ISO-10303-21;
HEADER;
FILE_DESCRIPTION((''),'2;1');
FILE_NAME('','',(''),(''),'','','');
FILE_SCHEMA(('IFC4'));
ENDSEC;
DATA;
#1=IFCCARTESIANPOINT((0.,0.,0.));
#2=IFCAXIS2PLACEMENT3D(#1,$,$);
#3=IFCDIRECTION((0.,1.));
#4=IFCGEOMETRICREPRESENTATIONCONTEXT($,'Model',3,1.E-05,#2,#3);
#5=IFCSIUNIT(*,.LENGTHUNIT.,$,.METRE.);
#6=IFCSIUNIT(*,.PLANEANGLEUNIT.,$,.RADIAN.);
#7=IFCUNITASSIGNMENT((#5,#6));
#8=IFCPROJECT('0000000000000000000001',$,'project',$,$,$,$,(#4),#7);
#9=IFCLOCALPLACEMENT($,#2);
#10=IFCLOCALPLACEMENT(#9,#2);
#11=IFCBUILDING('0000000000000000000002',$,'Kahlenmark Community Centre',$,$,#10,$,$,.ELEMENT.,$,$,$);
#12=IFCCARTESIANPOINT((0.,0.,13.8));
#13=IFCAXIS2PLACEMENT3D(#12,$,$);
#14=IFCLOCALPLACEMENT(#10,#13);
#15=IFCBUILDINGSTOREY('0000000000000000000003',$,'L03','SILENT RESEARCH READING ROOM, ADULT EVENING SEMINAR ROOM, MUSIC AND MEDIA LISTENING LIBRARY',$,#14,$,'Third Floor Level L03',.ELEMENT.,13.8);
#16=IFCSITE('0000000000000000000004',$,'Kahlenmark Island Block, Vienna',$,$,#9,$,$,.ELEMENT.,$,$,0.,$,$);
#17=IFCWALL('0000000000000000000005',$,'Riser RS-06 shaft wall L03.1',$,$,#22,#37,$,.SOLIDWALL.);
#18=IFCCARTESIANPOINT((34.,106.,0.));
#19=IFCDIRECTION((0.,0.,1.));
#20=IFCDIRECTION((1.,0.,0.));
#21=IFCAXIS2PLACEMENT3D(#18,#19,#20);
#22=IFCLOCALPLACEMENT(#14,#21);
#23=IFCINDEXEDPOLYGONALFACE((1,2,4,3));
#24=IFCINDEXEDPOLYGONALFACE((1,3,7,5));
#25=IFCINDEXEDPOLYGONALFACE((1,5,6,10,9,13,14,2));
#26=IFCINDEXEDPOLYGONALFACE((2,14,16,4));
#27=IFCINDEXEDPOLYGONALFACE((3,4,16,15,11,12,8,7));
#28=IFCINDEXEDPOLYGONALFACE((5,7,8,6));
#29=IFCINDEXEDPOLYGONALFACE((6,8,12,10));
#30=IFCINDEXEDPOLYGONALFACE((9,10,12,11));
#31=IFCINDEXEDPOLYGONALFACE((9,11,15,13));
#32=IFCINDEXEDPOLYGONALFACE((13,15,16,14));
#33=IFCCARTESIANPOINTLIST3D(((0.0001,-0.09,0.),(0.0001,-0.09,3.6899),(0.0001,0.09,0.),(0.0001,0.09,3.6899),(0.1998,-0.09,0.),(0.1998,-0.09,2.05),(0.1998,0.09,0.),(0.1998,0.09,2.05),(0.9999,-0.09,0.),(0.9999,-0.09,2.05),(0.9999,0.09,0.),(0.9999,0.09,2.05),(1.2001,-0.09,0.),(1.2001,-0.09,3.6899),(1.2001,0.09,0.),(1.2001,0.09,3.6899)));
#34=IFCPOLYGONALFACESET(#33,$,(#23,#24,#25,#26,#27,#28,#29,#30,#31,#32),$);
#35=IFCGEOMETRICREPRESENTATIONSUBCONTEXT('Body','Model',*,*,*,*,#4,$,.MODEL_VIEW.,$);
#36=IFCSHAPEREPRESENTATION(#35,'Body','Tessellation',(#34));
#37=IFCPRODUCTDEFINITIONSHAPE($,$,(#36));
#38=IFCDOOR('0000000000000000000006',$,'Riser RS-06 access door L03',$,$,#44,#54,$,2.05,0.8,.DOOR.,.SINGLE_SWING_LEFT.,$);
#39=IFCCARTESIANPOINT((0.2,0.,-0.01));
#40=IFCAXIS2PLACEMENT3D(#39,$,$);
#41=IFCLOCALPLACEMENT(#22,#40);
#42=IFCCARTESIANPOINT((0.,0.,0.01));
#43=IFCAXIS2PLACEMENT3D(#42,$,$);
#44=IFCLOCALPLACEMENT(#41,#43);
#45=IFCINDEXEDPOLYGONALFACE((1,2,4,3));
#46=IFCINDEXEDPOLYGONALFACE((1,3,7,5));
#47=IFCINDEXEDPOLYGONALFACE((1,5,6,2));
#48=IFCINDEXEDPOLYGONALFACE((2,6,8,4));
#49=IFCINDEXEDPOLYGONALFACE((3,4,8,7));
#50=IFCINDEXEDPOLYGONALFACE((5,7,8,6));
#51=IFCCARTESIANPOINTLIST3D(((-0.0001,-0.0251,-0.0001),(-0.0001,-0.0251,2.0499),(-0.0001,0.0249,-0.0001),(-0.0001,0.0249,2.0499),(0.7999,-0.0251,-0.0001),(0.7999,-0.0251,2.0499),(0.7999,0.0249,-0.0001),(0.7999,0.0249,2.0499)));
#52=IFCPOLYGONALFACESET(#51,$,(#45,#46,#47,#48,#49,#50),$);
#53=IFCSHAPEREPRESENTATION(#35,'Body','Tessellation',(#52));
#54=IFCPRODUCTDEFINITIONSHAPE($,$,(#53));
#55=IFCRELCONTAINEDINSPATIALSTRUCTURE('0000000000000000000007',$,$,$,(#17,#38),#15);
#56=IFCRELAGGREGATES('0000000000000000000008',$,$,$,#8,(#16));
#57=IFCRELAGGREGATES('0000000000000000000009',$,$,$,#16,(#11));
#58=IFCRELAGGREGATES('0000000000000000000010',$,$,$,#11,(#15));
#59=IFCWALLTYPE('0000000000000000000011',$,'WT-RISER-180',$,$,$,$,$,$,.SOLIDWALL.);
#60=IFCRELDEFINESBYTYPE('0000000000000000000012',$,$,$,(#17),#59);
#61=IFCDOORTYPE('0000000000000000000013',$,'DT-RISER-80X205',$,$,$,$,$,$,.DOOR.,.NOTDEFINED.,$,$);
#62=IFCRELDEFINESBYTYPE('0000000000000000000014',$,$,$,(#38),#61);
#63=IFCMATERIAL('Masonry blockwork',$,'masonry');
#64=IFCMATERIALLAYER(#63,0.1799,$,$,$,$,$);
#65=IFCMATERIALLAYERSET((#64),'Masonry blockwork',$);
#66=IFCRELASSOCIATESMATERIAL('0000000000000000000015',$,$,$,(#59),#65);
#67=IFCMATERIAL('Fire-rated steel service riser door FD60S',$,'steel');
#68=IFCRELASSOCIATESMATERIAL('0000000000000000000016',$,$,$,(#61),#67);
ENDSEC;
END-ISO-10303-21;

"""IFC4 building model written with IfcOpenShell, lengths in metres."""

from ifc_helpers import new_model, si_unit, direction, frame, frame_2d, origin, place, context, subcontext, project, spatial, rectangle, extrude, material, layer, layer_set, type_object, element, fill, save


model = new_model("IFC4")

# Units and contexts
model_context = context("Model", 3, precision=1e-05, world=origin(), true_north=direction((0.0, 1.0)))
body_context = subcontext(model_context, "Body", "Model", "MODEL_VIEW")
ifc_project = project(units=[si_unit("LENGTHUNIT", "METRE"), si_unit("PLANEANGLEUNIT", "RADIAN")], contexts=[model_context])

# Site, building, storey
site_placement = place(None, origin())
site = spatial("IfcSite", under=ifc_project, at=site_placement, Name="Kahlenmark Island Block, Vienna", CompositionType="ELEMENT", RefElevation=0.0)
building_placement = place(site_placement, origin())
building = spatial("IfcBuilding", under=site, at=building_placement, Name="Kahlenmark Community Centre", CompositionType="ELEMENT")
storey_placement = place(building_placement, frame((0.0, 0.0, 13.8)))
storey = spatial("IfcBuildingStorey", under=building, at=storey_placement, Name="L03", Description="SILENT RESEARCH READING ROOM, ADULT EVENING SEMINAR ROOM, MUSIC AND MEDIA LISTENING LIBRARY", LongName="Third Floor Level L03", CompositionType="ELEMENT", Elevation=13.8)

# Wall, opening, door
ifc_material_1 = material(Name="Masonry blockwork", Category="masonry")
ifc_layer_1 = layer(ifc_material_1, 0.1799)
ifc_layer_set_1 = layer_set([ifc_layer_1], Name="Masonry blockwork")
wall_type_1 = type_object("IfcWallType", Name="WT-RISER-180", PredefinedType="SOLIDWALL", material=ifc_layer_set_1)
wall_1_placement = place(storey_placement, frame((34.0, 106.0, 0.0), z_axis=(0.0, 0.0, 1.0), x_axis=(1.0, 0.0, 0.0)))
wall_1 = element("IfcWall", 1, at=wall_1_placement, inside=storey, type_object=wall_type_1, Name="Riser RS-06 shaft wall L03.1", PredefinedType="SOLIDWALL", context=body_context, shape_type="SweptSolid", body=[
    extrude(rectangle(XDim=1.2, YDim=0.1799, at=frame_2d((0.6001, 0.0))), origin(), (0.0, 0.0, 1.0), 3.6899),
])
opening_1_placement = place(wall_1_placement, frame((0.2, 0.0, -0.01)))
opening_1 = element("IfcOpeningElement", 2, at=opening_1_placement, cuts=wall_1, PredefinedType="OPENING", context=body_context, shape_type="SweptSolid", body=[
    extrude(rectangle(XDim=0.8, YDim=2.0601, at=frame_2d((0.3999, 1.03))), frame((0.0, 0.0999, 0.0), z_axis=(0.0, -1.0, 0.0), x_axis=(1.0, 0.0, 0.0)), (0.0, 0.0, 1.0), 0.2),
])
ifc_material_2 = material(Name="Fire-rated steel service riser door FD60S", Category="steel")
door_type_1 = type_object("IfcDoorType", Name="DT-RISER-80X205", OperationType="NOTDEFINED", PredefinedType="DOOR", material=ifc_material_2)
door_1_placement = place(opening_1_placement, frame((0.0, 0.0, 0.01)))
door_1 = element("IfcDoor", 3, at=door_1_placement, inside=storey, type_object=door_type_1, Name="Riser RS-06 access door L03", OperationType="SINGLE_SWING_LEFT", OverallHeight=2.05, OverallWidth=0.8, PredefinedType="DOOR", context=body_context, shape_type="SweptSolid", body=[
    extrude(rectangle(XDim=0.8, YDim=2.05, at=frame_2d((0.3999, 1.0249))), frame((0.0, 0.0249, 0.0), z_axis=(0.0, -1.0, 0.0), x_axis=(1.0, 0.0, 0.0)), (0.0, 0.0, 1.0), 0.05),
])
fill(opening_1, door_1)

save(model, "model.ifc")
